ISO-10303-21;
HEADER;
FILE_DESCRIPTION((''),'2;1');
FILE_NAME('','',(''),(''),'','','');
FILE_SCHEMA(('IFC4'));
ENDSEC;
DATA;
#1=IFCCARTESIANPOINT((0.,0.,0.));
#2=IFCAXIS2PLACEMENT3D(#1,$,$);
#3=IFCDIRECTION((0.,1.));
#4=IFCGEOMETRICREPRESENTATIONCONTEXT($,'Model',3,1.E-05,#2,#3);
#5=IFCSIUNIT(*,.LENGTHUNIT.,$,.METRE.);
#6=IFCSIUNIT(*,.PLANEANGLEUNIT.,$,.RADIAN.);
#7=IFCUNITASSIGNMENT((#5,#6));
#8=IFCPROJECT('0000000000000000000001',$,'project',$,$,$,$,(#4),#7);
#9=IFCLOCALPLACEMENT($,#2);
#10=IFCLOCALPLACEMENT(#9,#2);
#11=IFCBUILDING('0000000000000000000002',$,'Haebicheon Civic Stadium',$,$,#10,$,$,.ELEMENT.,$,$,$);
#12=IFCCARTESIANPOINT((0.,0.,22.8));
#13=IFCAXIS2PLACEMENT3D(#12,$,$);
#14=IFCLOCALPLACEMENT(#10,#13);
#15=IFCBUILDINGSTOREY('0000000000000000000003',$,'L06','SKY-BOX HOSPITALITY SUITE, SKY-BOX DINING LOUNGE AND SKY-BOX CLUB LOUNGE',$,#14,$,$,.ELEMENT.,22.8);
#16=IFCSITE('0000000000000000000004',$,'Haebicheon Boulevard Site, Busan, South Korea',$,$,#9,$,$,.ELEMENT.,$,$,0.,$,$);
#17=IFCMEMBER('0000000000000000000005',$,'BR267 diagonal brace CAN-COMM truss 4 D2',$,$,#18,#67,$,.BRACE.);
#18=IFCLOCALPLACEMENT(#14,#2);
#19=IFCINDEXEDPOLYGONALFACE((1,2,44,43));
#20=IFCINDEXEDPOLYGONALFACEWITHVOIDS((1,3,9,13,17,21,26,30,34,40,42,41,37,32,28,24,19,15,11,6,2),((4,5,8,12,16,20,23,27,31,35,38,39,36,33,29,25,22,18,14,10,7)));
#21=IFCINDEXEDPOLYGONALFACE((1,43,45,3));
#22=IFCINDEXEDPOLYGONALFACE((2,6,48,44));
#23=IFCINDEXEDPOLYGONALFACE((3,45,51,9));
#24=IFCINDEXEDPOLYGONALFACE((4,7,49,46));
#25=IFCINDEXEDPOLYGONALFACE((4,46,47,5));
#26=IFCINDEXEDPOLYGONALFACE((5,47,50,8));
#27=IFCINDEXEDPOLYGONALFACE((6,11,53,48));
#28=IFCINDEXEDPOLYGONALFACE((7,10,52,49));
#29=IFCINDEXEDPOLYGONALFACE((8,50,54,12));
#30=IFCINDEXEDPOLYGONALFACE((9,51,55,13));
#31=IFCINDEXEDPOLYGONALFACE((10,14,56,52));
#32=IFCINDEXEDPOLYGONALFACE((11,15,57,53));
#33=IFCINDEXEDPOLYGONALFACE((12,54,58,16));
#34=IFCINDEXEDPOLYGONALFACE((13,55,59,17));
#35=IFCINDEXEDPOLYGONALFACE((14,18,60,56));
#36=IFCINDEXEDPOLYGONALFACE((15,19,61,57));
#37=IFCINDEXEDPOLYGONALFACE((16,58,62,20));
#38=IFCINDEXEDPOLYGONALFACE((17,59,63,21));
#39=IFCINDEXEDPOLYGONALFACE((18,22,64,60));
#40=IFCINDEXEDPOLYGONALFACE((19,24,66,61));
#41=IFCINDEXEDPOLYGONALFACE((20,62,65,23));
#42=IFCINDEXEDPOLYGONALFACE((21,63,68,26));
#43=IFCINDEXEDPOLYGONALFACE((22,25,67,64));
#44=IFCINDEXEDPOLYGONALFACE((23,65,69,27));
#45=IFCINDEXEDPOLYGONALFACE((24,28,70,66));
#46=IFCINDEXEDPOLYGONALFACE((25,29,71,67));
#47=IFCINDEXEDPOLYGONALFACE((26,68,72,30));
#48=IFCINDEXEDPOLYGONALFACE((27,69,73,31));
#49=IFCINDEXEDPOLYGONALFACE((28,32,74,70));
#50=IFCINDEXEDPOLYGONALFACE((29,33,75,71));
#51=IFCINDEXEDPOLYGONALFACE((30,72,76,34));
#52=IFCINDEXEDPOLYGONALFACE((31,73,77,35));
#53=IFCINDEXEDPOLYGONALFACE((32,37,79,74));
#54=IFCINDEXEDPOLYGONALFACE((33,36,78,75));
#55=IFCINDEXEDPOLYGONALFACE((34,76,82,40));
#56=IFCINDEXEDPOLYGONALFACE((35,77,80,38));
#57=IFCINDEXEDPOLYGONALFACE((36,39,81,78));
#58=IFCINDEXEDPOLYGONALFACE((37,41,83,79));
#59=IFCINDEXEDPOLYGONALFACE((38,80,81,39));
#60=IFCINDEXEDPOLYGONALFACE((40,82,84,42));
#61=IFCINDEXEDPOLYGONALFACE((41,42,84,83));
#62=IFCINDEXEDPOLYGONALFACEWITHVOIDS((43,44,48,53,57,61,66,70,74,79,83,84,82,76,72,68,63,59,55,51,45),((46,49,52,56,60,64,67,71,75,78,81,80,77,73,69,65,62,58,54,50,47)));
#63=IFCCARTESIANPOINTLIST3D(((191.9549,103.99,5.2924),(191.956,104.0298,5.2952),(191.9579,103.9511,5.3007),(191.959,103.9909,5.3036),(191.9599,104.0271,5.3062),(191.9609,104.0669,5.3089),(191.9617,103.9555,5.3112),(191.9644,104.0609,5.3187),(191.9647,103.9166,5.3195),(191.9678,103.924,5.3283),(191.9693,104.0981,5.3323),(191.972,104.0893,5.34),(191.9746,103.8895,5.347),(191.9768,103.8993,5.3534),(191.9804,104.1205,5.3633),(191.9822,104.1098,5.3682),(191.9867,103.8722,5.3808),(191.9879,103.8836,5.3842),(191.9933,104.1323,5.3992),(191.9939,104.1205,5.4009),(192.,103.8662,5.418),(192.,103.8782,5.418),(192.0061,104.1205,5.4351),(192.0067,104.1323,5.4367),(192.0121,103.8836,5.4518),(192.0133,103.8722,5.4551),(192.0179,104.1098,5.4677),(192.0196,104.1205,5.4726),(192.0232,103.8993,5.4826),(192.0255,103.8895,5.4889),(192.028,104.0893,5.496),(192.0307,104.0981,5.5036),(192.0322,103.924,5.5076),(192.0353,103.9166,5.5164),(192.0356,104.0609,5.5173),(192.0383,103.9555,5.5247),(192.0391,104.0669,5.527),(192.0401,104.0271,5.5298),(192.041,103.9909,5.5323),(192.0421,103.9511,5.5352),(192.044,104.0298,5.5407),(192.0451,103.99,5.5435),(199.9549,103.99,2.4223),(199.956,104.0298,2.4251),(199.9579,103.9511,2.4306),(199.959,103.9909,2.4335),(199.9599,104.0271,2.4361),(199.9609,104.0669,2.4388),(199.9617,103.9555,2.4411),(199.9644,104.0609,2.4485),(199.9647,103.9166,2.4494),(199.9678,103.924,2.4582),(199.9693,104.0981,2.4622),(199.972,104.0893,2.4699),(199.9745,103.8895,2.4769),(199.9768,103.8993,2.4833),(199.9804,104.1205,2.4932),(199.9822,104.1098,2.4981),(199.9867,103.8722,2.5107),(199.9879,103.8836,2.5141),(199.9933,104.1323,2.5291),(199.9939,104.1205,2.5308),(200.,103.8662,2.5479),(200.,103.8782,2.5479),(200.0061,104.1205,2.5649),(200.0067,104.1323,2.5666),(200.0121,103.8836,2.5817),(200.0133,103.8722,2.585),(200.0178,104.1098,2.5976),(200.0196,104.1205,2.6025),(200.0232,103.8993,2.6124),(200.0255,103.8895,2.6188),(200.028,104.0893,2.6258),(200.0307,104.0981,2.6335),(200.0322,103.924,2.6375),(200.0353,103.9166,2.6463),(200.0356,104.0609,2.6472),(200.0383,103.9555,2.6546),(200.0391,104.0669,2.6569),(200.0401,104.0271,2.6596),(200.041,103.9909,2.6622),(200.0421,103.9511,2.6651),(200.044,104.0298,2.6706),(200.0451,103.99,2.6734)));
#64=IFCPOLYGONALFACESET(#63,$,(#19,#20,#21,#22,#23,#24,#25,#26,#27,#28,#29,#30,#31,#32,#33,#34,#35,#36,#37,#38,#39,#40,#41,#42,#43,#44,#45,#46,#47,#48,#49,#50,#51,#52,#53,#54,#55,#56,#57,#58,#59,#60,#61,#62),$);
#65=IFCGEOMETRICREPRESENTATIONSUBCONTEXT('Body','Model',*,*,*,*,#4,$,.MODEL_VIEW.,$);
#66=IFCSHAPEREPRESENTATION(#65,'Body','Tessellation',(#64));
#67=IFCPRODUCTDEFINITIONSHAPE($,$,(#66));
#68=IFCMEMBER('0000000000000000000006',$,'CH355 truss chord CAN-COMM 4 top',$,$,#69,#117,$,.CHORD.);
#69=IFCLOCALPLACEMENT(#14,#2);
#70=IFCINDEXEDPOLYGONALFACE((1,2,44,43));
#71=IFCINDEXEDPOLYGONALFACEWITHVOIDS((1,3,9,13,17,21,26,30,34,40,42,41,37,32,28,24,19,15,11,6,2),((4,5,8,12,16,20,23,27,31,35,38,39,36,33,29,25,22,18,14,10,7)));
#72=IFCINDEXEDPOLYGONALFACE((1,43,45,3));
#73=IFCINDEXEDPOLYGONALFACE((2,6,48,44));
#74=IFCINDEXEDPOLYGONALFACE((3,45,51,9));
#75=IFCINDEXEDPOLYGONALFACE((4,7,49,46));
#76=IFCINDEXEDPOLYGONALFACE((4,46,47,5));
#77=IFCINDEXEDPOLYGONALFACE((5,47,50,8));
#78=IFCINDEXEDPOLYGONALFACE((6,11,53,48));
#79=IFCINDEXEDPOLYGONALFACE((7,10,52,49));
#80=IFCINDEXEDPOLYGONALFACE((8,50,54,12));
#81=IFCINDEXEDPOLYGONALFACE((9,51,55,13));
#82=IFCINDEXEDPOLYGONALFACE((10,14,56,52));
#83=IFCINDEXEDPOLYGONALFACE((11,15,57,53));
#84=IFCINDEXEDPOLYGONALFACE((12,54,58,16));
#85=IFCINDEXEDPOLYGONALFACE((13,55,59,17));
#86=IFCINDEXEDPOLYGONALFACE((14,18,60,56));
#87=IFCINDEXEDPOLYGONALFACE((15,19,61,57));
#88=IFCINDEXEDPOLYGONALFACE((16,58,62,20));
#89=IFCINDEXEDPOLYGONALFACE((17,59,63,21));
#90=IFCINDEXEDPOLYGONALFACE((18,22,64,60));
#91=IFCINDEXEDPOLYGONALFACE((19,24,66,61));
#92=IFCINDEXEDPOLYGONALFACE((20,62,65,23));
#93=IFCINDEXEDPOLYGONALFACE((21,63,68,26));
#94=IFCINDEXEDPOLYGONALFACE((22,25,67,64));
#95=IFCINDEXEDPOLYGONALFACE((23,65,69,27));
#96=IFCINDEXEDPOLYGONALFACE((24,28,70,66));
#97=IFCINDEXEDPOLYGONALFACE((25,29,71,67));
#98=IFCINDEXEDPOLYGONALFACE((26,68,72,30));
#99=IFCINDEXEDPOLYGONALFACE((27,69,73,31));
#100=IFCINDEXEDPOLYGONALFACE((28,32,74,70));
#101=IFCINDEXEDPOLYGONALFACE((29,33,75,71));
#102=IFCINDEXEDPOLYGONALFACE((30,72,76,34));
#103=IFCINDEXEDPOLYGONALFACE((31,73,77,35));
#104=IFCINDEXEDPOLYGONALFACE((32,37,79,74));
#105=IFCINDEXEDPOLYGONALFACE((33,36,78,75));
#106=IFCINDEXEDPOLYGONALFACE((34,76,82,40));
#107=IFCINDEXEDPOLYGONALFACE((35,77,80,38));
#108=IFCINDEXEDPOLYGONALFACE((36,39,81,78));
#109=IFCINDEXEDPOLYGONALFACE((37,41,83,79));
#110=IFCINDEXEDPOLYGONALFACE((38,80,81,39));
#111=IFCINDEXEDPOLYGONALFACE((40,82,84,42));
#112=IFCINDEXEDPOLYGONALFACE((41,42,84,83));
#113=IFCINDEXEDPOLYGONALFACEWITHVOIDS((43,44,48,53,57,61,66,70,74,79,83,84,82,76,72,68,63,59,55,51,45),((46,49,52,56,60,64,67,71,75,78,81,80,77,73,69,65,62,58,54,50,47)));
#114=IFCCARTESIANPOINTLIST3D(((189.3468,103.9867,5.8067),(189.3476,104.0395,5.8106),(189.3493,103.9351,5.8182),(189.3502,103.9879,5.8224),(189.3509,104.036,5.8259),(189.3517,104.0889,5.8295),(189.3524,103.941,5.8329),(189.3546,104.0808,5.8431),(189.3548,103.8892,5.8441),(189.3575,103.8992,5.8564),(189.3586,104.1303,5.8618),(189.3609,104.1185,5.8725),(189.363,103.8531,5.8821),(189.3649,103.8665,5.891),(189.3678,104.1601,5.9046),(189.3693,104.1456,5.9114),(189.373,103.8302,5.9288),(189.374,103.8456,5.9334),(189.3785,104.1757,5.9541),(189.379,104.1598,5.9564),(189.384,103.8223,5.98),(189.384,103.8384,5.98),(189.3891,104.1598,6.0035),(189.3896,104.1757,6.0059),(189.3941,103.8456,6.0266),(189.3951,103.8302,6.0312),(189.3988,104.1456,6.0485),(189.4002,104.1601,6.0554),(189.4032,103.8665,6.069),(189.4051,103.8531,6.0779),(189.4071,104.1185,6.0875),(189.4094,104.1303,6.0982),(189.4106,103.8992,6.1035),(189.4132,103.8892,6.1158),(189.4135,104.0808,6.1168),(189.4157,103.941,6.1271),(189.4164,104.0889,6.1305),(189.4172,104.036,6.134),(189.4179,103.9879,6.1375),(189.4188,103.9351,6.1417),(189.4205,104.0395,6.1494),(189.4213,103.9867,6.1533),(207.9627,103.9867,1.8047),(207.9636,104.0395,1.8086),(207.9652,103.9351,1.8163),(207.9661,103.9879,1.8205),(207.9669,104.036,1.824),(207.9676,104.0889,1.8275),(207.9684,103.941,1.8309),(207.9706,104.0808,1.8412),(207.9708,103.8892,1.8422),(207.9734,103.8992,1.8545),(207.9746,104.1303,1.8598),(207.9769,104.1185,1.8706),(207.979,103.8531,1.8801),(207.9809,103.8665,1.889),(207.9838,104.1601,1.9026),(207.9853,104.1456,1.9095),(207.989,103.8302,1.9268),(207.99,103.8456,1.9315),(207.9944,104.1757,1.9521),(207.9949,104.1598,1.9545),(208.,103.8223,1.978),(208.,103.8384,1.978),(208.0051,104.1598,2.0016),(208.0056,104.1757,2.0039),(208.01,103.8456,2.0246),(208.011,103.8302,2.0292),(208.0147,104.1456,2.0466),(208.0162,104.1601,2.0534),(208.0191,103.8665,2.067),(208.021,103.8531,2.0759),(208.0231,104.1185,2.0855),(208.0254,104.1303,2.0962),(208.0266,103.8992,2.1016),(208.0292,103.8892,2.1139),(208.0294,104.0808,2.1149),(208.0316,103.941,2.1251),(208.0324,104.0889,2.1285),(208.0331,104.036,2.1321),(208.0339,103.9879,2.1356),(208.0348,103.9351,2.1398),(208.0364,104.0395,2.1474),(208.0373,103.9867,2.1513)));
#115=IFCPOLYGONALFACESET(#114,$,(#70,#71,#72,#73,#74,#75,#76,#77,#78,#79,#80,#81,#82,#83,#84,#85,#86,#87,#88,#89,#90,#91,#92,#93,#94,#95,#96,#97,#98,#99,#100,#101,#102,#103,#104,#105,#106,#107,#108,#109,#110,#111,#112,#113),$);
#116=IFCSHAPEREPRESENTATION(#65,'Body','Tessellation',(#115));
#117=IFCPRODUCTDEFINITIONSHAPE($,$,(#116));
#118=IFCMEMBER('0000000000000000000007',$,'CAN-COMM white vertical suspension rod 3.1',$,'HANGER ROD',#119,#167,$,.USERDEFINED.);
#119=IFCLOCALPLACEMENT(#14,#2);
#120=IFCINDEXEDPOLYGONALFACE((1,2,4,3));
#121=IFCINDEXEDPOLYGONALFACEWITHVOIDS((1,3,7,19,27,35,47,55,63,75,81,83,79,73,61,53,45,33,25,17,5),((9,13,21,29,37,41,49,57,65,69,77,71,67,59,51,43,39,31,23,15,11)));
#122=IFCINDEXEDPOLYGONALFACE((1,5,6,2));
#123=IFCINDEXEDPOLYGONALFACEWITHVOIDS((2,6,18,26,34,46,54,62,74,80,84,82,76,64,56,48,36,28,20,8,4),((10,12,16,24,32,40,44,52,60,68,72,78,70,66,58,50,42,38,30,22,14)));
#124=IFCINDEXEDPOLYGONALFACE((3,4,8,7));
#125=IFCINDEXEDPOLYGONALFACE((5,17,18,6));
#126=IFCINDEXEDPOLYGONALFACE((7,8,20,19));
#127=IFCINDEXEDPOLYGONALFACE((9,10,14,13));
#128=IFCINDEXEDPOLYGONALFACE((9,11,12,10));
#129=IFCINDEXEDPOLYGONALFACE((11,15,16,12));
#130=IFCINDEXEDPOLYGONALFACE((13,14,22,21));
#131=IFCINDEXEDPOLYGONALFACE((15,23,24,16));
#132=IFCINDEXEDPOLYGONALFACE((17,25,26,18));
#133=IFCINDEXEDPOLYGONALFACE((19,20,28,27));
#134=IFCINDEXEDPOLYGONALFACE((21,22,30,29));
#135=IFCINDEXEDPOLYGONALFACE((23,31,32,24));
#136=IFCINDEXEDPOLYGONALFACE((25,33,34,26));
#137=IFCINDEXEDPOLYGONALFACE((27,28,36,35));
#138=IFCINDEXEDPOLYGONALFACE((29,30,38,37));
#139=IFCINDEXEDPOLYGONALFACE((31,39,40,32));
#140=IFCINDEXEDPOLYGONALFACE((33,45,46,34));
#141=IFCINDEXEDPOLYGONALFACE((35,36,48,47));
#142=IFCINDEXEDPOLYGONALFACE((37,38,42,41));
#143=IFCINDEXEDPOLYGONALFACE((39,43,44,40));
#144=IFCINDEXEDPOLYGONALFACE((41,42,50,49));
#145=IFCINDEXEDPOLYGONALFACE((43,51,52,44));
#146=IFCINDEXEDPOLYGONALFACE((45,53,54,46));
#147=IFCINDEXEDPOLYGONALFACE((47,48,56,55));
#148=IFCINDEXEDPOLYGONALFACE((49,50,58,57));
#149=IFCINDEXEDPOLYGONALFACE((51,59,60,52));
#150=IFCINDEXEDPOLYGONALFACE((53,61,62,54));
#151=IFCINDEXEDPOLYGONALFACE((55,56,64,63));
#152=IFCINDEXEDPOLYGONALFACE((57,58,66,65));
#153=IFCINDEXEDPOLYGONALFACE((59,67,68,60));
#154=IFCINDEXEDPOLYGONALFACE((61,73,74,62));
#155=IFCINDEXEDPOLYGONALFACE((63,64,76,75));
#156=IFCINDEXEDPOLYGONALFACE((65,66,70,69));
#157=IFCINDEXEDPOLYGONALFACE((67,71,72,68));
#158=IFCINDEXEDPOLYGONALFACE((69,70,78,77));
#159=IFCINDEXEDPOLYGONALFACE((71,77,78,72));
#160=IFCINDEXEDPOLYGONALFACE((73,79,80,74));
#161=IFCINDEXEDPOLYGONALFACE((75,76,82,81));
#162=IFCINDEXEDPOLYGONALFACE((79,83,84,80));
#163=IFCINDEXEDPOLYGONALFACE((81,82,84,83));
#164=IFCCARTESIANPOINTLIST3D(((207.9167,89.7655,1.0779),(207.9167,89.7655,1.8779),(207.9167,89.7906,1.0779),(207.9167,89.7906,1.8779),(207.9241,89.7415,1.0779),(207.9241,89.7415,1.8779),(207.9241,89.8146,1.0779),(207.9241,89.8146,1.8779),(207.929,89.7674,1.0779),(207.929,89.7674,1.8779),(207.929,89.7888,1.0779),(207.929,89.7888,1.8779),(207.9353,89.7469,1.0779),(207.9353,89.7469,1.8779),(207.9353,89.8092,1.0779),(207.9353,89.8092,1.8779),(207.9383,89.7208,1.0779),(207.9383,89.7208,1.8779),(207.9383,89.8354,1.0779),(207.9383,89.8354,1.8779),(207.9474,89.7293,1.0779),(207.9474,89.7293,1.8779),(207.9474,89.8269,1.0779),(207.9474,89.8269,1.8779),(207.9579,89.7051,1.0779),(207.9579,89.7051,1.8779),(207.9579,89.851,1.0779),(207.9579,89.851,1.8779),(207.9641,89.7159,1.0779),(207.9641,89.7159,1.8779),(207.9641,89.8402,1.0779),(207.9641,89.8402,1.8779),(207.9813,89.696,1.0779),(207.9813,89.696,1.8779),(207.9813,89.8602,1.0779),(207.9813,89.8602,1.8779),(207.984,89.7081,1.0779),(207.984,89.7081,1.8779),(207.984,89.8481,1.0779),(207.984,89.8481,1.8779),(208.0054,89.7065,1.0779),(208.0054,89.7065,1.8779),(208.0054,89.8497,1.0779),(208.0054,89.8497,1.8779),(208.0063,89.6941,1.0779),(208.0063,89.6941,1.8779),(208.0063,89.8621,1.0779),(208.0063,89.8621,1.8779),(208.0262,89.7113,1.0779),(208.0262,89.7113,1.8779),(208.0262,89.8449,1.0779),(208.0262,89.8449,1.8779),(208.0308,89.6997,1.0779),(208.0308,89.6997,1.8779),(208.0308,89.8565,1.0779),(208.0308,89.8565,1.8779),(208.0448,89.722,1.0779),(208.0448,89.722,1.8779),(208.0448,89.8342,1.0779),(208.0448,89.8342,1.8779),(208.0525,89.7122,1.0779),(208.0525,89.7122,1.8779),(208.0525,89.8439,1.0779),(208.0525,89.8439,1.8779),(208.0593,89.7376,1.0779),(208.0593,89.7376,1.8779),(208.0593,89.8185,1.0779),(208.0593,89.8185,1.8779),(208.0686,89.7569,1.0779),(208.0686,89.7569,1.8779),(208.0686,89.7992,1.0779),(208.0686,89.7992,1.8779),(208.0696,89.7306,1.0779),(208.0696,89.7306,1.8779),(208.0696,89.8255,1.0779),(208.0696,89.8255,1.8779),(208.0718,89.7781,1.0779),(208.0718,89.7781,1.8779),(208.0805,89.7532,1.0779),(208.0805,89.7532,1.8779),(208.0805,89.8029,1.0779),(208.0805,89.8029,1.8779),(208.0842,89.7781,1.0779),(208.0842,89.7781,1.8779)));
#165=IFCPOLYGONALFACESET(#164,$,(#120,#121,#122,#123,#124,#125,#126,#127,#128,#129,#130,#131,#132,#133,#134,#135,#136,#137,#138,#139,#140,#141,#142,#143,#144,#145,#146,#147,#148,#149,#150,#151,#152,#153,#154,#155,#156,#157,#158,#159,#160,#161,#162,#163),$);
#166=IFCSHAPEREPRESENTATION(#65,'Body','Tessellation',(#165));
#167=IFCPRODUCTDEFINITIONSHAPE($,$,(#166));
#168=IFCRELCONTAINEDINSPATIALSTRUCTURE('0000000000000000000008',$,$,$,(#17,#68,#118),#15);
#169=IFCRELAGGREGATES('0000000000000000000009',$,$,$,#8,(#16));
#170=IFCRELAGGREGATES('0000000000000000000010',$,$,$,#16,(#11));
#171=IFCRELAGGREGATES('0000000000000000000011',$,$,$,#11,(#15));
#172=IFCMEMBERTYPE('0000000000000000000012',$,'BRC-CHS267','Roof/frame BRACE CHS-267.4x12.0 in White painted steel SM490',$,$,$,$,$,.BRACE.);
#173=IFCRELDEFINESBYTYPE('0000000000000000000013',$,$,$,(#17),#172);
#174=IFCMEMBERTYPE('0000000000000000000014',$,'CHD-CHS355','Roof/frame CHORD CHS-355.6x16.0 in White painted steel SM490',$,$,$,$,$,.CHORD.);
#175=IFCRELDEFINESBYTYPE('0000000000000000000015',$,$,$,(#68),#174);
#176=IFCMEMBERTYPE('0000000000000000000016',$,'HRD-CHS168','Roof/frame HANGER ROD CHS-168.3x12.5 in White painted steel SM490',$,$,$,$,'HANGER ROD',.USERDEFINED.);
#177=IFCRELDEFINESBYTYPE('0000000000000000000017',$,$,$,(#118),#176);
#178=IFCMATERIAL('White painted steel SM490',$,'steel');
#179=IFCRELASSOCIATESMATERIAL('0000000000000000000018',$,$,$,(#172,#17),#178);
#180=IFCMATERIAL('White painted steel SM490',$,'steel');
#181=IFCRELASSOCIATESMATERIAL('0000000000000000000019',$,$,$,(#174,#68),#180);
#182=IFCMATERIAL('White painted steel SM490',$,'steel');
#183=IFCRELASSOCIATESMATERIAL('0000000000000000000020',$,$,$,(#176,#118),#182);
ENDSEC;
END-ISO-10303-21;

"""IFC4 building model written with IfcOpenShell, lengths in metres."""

from ifc_helpers import new_model, si_unit, direction, frame, origin, origin_2d, place, context, subcontext, project, spatial, hollow_circle, extrude, material, material_profile, profile_set, type_object, element, save


model = new_model("IFC4")

# Units and contexts
model_context = context("Model", 3, precision=1e-05, world=origin(), true_north=direction((0.0, 1.0)))
body_context = subcontext(model_context, "Body", "Model", "MODEL_VIEW")
ifc_project = project(units=[si_unit("LENGTHUNIT", "METRE"), si_unit("PLANEANGLEUNIT", "RADIAN")], contexts=[model_context])

# Site, building, storey
site_placement = place(None, origin())
site = spatial("IfcSite", under=ifc_project, at=site_placement, Name="Haebicheon Boulevard Site, Busan, South Korea", CompositionType="ELEMENT", RefElevation=0.0)
building_placement = place(site_placement, origin())
building = spatial("IfcBuilding", under=site, at=building_placement, Name="Haebicheon Civic Stadium", CompositionType="ELEMENT")
storey_placement = place(building_placement, frame((0.0, 0.0, 22.8)))
storey = spatial("IfcBuildingStorey", under=building, at=storey_placement, Name="L06", Description="SKY-BOX HOSPITALITY SUITE, SKY-BOX DINING LOUNGE AND SKY-BOX CLUB LOUNGE", CompositionType="ELEMENT", Elevation=22.8)

# Members
ifc_material_1 = material(Name="White painted steel SM490", Category="steel")
ifc_material_profile_1 = material_profile(ifc_material_1, hollow_circle(Radius=0.1338, WallThickness=0.012, at=origin_2d()), Name="CHS-267.4x12.0")
ifc_profile_set_1 = profile_set([ifc_material_profile_1], Name="White painted steel SM490")
member_type_1 = type_object("IfcMemberType", Name="BRC-CHS267", Description="Roof/frame BRACE CHS-267.4x12.0 in White painted steel SM490", PredefinedType="BRACE", material=ifc_profile_set_1)
member_1_placement = place(storey_placement, frame((200.0, 104.0, 2.5479), z_axis=(-0.941257, 0.0, 0.33769), x_axis=(0.0, -1.0, 0.0)))
element("IfcMember", 1, at=member_1_placement, inside=storey, type_object=member_type_1, material=ifc_profile_set_1, Name="BR267 diagonal brace CAN-COMM truss 4 D2", PredefinedType="BRACE", context=body_context, shape_type="SweptSolid", body=[
    extrude(hollow_circle(Radius=0.1338, WallThickness=0.012, at=origin_2d()), origin(), (0.0, 0.0, 1.0), 8.4993),
])
ifc_material_2 = material(Name="White painted steel SM490", Category="steel")
ifc_material_profile_2 = material_profile(ifc_material_2, hollow_circle(Radius=0.1777, WallThickness=0.0161, at=origin_2d()), Name="CHS-355.6x16.0")
ifc_profile_set_2 = profile_set([ifc_material_profile_2], Name="White painted steel SM490")
member_type_2 = type_object("IfcMemberType", Name="CHD-CHS355", Description="Roof/frame CHORD CHS-355.6x16.0 in White painted steel SM490", PredefinedType="CHORD", material=ifc_profile_set_2)
member_2_placement = place(storey_placement, frame((208.0, 104.0, 1.978), z_axis=(-0.977664, 0.0, 0.210173), x_axis=(0.0, -1.0, 0.0)))
element("IfcMember", 2, at=member_2_placement, inside=storey, type_object=member_type_2, material=ifc_profile_set_2, Name="CH355 truss chord CAN-COMM 4 top", PredefinedType="CHORD", context=body_context, shape_type="SweptSolid", body=[
    extrude(hollow_circle(Radius=0.1777, WallThickness=0.0161, at=origin_2d()), origin(), (0.0, 0.0, 1.0), 19.0413),
])
ifc_material_3 = material(Name="White painted steel SM490", Category="steel")
ifc_material_profile_3 = material_profile(ifc_material_3, hollow_circle(Radius=0.0842, WallThickness=0.0125, at=origin_2d()), Name="CHS-168.3x12.5")
ifc_profile_set_3 = profile_set([ifc_material_profile_3], Name="White painted steel SM490")
member_type_3 = type_object("IfcMemberType", Name="HRD-CHS168", Description="Roof/frame HANGER ROD CHS-168.3x12.5 in White painted steel SM490", ElementType="HANGER ROD", PredefinedType="USERDEFINED", material=ifc_profile_set_3)
for number, where, z_axis, x_axis, name in (
    (3, (208.0, 89.7781, 1.0779), (0.0, 0.0, 1.0), (1.0, 0.0, 0.0), "CAN-COMM white vertical suspension rod 3.1"),
):
    element("IfcMember", number, at=place(storey_placement, frame(where, z_axis=z_axis, x_axis=x_axis)), inside=storey, type_object=member_type_3, material=ifc_profile_set_3, Name=name, ObjectType="HANGER ROD", PredefinedType="USERDEFINED", context=body_context, shape_type="SweptSolid", body=[
        extrude(hollow_circle(Radius=0.0842, WallThickness=0.0125, at=origin_2d()), origin(), (0.0, 0.0, 1.0), 0.8),
    ])

save(model, "model.ifc")
